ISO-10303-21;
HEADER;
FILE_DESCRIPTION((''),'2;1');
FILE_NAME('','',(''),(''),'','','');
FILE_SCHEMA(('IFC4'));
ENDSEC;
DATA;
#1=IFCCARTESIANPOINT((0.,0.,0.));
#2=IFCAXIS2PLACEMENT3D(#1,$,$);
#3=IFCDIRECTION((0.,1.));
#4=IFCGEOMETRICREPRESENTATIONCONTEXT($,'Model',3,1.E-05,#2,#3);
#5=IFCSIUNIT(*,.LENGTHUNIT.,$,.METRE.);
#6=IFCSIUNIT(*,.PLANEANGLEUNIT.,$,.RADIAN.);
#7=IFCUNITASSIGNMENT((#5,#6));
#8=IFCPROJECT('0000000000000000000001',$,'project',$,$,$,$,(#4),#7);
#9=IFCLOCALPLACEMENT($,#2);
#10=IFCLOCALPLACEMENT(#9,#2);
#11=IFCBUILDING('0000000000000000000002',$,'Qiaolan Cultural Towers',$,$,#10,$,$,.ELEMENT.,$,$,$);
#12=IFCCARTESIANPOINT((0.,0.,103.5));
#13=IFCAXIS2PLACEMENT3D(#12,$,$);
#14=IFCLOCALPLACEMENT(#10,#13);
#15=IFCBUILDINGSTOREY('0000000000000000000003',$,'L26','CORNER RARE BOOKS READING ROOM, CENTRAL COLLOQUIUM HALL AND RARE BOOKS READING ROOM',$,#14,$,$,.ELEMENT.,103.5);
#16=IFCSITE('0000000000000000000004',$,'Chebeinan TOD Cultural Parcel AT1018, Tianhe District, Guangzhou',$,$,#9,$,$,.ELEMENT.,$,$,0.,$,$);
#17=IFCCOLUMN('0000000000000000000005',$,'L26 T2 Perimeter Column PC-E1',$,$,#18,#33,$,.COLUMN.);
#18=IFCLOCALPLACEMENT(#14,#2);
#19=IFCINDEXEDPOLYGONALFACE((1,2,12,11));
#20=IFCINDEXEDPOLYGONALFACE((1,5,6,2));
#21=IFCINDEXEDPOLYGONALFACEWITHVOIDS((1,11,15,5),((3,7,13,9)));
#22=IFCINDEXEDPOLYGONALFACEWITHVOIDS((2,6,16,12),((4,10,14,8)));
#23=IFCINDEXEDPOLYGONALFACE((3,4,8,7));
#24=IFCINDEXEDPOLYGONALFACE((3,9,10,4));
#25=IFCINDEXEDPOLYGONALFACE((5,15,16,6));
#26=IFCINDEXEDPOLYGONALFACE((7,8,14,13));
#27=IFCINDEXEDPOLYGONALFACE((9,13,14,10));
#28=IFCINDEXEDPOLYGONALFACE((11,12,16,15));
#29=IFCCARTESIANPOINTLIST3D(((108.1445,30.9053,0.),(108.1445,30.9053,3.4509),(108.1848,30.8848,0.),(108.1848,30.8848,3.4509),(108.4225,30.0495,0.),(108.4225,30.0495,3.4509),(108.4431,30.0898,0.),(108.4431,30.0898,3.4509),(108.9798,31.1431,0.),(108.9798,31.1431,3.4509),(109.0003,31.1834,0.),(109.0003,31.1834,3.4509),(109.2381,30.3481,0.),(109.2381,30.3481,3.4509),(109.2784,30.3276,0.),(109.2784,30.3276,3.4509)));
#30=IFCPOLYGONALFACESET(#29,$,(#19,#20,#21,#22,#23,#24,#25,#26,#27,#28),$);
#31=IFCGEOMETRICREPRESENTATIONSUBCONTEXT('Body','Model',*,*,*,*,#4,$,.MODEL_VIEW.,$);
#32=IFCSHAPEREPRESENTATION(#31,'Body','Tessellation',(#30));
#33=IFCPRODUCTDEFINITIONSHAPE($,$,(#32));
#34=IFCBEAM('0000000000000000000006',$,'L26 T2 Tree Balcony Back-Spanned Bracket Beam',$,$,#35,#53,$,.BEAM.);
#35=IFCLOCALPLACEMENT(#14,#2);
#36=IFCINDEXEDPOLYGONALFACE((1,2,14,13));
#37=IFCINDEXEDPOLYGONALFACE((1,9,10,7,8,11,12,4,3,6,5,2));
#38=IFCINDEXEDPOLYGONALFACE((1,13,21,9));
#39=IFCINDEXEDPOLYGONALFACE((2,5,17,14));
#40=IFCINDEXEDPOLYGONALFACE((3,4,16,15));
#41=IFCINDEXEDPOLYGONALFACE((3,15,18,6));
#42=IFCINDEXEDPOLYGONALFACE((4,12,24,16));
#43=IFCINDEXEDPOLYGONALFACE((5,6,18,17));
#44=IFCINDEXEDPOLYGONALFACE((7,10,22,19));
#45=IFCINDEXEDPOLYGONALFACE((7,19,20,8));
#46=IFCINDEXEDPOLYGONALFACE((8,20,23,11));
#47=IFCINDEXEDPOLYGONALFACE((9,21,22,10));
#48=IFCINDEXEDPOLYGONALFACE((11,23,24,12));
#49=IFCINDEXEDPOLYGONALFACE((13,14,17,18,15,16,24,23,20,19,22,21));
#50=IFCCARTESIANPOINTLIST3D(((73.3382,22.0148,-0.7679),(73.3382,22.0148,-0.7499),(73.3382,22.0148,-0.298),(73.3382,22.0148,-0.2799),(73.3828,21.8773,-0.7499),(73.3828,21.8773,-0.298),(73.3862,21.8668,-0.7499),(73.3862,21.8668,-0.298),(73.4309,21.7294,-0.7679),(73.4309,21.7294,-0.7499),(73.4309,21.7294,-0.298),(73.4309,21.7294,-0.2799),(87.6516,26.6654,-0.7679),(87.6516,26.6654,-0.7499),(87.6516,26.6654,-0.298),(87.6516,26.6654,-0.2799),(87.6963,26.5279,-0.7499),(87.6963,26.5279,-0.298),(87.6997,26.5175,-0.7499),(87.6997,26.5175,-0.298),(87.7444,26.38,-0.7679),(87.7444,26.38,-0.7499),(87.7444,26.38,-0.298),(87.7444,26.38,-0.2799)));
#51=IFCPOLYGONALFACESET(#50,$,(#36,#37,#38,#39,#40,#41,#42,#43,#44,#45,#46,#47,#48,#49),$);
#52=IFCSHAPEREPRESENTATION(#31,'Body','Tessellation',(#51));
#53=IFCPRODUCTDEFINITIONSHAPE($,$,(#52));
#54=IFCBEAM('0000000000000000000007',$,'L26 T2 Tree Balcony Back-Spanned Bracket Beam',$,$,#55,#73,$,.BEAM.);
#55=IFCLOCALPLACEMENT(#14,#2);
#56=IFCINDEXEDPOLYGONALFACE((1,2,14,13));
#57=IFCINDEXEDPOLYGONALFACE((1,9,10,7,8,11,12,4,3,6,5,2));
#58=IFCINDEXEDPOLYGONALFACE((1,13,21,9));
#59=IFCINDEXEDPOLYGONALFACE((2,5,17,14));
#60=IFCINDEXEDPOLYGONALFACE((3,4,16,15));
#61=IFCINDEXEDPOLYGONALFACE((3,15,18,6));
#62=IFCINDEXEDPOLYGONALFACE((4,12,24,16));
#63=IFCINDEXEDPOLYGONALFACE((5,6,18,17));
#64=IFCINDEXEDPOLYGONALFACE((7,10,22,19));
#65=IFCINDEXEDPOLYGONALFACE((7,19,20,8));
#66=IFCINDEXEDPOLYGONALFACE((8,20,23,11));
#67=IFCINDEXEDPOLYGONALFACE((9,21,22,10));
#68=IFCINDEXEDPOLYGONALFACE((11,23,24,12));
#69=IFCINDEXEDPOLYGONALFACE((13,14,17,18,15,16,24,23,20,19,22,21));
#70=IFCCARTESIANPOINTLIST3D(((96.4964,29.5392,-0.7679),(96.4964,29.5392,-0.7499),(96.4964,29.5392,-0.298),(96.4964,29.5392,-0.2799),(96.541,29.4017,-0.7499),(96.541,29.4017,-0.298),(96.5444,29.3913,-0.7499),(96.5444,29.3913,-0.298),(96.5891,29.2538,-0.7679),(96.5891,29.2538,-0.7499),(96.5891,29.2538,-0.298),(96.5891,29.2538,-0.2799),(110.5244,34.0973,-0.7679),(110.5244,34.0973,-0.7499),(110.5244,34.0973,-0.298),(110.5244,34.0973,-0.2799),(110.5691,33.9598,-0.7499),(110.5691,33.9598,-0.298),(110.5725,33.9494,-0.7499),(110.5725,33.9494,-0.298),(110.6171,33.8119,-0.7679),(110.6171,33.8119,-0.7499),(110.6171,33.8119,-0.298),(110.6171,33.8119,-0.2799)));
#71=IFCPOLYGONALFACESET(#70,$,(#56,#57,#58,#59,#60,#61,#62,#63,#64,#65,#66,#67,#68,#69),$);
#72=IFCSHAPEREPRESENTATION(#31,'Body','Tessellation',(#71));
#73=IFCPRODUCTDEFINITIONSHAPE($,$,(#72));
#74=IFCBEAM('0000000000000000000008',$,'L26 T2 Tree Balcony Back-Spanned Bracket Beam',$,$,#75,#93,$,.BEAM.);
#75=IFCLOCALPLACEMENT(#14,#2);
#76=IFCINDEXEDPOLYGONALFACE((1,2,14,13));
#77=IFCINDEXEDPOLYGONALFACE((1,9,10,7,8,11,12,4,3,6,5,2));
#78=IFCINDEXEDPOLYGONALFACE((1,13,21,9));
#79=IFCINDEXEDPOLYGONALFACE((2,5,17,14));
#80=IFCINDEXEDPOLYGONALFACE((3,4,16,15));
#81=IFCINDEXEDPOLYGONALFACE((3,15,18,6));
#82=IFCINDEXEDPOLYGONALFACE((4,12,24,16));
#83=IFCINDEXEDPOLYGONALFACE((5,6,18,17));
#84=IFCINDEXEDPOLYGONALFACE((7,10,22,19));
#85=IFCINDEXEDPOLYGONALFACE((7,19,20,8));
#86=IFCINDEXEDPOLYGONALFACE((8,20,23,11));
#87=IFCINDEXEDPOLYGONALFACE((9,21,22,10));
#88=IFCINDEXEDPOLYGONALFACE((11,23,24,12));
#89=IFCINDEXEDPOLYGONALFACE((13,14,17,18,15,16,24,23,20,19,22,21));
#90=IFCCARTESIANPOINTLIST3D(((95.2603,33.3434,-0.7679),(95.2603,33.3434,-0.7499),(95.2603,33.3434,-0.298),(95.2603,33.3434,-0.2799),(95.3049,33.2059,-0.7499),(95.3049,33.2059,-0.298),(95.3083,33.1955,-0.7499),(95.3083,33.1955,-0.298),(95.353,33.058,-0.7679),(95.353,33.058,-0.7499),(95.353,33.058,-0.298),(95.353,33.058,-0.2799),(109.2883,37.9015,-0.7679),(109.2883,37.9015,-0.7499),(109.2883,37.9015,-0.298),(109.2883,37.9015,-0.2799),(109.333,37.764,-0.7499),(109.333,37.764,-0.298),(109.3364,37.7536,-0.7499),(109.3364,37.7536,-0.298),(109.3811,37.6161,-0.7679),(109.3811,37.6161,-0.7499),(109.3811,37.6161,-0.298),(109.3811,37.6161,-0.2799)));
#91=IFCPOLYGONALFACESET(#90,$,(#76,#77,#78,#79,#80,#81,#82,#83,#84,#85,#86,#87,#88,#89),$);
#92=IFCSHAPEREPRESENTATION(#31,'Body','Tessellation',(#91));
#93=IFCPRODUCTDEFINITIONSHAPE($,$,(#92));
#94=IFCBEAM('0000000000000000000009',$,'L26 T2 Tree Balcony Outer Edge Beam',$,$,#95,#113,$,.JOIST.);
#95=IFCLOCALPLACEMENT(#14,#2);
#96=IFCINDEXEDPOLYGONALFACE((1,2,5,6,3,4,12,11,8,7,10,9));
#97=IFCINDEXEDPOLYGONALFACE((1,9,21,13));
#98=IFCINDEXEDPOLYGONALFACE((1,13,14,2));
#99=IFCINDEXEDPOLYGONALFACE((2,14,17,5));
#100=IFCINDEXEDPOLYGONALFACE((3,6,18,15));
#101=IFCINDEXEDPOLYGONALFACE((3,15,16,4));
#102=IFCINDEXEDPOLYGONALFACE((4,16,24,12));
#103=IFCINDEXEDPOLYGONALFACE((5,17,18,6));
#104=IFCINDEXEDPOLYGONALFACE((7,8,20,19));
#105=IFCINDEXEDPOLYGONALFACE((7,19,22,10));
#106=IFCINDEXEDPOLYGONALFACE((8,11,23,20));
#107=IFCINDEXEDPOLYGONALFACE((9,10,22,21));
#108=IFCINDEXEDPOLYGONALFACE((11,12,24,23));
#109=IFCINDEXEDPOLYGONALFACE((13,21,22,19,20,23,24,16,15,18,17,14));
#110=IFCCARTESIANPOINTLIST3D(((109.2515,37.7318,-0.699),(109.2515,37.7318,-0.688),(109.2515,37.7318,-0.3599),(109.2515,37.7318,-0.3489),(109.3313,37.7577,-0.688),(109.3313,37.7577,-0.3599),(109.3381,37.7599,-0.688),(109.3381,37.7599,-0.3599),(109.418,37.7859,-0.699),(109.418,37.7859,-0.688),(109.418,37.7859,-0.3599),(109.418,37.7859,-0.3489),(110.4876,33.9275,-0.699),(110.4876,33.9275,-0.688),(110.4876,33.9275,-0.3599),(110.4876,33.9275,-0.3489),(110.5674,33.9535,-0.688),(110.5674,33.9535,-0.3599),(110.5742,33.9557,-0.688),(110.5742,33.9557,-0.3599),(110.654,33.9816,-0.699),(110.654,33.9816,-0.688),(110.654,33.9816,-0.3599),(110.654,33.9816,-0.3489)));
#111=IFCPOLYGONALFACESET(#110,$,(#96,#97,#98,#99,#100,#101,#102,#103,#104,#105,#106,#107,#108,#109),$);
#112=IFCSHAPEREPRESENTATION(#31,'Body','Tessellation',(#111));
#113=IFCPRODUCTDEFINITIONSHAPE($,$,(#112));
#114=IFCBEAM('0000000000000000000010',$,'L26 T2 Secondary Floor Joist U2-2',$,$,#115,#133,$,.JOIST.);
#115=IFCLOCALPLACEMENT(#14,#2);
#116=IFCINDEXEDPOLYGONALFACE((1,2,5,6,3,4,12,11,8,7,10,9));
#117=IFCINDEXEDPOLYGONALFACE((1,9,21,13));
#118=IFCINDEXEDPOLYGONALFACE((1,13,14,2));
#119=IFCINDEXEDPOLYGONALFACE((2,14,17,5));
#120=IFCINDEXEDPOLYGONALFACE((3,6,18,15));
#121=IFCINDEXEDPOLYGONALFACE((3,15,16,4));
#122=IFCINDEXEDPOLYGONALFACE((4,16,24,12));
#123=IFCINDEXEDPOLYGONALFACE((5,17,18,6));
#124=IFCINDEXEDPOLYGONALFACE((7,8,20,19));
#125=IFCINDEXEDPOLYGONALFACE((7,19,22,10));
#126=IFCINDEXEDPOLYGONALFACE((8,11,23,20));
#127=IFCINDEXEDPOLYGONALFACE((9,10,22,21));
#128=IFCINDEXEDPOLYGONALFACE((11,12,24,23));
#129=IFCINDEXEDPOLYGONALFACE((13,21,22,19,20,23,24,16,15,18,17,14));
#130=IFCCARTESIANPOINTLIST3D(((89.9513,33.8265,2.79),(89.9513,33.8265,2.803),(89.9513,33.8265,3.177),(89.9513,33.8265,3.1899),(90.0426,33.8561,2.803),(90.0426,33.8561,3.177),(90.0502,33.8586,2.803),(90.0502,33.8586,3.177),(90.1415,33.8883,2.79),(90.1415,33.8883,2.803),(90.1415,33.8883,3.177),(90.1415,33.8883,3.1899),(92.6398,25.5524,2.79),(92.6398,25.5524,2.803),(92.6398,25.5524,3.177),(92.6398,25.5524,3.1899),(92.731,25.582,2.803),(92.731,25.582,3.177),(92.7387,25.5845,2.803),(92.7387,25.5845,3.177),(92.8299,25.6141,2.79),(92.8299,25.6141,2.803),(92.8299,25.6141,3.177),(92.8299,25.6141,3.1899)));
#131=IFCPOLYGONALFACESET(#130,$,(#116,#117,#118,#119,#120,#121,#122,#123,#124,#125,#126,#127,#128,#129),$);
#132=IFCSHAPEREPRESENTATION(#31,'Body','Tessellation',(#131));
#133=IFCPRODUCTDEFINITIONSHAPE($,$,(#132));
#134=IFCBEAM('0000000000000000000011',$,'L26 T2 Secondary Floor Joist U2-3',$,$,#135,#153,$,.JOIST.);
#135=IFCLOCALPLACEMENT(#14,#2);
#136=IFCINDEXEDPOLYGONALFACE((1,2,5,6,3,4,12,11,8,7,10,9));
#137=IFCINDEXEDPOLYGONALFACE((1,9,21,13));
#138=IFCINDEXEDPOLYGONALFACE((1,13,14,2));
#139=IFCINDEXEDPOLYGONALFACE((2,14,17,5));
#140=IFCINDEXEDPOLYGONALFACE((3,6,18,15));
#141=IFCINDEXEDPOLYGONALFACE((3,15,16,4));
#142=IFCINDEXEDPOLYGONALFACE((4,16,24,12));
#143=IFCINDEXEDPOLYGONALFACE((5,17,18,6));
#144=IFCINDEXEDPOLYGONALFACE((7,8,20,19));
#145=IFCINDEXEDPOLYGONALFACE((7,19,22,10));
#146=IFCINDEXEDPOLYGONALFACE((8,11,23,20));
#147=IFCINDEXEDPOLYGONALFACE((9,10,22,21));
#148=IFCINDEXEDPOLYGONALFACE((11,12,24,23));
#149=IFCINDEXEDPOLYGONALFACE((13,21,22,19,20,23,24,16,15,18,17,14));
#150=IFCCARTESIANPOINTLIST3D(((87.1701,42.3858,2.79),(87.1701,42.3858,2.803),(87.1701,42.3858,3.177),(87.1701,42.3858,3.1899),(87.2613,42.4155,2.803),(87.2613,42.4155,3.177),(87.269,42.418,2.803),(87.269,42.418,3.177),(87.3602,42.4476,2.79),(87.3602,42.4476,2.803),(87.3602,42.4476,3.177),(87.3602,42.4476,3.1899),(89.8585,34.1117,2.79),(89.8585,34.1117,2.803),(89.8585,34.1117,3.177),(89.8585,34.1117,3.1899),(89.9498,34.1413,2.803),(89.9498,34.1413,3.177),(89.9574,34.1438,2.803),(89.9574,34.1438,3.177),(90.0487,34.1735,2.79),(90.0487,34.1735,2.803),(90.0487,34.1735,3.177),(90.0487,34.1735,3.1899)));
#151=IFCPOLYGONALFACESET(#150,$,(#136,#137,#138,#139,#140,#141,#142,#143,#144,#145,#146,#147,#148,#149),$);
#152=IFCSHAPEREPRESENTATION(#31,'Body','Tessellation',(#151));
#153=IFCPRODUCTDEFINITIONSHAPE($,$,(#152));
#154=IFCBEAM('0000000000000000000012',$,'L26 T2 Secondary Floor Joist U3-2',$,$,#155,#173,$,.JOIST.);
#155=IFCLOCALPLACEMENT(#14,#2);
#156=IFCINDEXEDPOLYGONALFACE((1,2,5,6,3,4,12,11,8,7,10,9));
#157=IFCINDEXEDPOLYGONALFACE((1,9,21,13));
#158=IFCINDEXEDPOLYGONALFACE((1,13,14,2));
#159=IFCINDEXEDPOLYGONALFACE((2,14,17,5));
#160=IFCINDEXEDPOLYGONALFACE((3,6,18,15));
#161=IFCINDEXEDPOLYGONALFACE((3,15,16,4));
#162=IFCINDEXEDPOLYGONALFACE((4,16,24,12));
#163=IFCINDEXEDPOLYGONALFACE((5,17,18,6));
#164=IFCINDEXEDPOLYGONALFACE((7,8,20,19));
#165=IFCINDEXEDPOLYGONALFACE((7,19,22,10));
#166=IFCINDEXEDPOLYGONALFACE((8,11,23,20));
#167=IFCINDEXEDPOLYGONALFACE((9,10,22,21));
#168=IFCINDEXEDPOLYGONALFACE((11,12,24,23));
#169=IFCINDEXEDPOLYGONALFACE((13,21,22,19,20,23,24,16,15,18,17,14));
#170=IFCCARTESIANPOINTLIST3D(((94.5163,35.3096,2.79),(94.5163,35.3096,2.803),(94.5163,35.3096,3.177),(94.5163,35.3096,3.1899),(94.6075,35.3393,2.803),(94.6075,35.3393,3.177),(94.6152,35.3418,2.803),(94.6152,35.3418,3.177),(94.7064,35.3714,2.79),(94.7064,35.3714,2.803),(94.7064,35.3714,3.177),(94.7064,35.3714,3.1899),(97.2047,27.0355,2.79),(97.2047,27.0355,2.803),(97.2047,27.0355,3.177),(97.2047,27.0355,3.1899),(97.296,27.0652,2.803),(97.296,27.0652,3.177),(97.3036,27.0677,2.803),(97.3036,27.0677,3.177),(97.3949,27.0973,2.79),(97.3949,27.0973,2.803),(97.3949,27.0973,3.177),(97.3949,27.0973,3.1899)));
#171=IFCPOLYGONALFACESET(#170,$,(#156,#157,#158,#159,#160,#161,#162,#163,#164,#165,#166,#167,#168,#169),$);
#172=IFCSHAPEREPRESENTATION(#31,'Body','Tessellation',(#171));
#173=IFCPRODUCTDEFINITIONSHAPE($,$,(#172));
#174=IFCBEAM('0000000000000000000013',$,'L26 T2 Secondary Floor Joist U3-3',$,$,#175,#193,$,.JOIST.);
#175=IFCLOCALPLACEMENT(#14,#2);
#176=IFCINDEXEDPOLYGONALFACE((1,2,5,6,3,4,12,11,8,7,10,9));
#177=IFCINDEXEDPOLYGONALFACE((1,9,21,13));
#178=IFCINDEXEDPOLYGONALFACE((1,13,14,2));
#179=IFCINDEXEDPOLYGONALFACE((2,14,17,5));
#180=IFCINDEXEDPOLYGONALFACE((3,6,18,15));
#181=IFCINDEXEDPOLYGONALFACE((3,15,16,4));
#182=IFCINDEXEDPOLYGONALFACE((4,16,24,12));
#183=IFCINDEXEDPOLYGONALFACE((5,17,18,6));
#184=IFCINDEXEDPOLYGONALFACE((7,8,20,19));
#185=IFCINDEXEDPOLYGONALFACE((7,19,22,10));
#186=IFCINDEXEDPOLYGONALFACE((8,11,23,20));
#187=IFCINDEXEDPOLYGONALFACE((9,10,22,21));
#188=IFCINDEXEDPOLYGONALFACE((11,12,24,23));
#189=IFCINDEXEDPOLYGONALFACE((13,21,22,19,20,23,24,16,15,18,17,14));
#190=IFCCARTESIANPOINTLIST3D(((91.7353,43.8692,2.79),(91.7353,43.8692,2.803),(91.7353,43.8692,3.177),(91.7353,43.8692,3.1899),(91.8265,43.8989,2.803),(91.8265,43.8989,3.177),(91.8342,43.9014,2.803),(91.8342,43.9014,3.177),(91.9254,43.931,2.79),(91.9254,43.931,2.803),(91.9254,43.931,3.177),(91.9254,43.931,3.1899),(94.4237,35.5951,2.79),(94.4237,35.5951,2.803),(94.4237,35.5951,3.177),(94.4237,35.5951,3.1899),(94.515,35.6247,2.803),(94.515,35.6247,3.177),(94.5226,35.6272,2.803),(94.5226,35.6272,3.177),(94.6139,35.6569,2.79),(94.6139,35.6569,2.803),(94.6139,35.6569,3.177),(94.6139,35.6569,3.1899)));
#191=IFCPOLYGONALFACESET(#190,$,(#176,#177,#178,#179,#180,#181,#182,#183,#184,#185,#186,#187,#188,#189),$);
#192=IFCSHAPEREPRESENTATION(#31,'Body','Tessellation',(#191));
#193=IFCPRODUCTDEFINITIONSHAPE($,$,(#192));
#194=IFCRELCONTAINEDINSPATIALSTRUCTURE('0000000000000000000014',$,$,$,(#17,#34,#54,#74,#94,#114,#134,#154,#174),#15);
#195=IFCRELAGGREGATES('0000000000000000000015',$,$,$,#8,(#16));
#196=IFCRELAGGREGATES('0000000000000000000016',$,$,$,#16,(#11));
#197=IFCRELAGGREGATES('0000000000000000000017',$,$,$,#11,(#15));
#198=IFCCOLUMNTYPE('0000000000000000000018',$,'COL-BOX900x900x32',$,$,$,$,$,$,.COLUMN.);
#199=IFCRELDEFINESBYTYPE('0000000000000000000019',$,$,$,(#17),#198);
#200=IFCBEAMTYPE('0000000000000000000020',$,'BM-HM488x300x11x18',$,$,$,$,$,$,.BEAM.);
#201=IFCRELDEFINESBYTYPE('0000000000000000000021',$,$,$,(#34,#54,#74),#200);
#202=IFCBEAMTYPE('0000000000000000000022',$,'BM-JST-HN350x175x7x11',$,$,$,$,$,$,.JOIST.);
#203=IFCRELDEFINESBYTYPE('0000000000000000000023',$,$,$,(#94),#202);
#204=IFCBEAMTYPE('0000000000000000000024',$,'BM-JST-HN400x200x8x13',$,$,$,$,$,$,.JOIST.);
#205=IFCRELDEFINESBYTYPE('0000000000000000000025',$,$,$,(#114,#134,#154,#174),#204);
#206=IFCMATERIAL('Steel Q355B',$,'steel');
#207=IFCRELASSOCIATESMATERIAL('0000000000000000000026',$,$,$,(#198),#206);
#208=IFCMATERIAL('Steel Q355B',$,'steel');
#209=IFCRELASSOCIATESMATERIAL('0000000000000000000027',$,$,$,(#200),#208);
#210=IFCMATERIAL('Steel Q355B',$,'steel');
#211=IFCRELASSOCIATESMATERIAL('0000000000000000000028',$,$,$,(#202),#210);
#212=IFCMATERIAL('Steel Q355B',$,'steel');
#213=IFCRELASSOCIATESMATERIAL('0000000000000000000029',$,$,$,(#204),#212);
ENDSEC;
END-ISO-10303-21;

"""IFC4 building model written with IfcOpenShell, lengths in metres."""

from ifc_helpers import new_model, si_unit, direction, frame, origin, origin_2d, place, context, subcontext, project, spatial, hollow_rectangle, i_section, extrude, material, material_profile, profile_set, type_object, element, save


model = new_model("IFC4")

# Units and contexts
model_context = context("Model", 3, precision=1e-05, world=origin(), true_north=direction((0.0, 1.0)))
body_context = subcontext(model_context, "Body", "Model", "MODEL_VIEW")
ifc_project = project(units=[si_unit("LENGTHUNIT", "METRE"), si_unit("PLANEANGLEUNIT", "RADIAN")], contexts=[model_context])

# Site, building, storey
site_placement = place(None, origin())
site = spatial("IfcSite", under=ifc_project, at=site_placement, Name="Chebeinan TOD Cultural Parcel AT1018, Tianhe District, Guangzhou", CompositionType="ELEMENT", RefElevation=0.0)
building_placement = place(site_placement, origin())
building = spatial("IfcBuilding", under=site, at=building_placement, Name="Qiaolan Cultural Towers", CompositionType="ELEMENT")
storey_placement = place(building_placement, frame((0.0, 0.0, 103.5)))
storey = spatial("IfcBuildingStorey", under=building, at=storey_placement, Name="L26", Description="CORNER RARE BOOKS READING ROOM, CENTRAL COLLOQUIUM HALL AND RARE BOOKS READING ROOM", CompositionType="ELEMENT", Elevation=103.5)

# Column
ifc_material_1 = material(Name="Steel Q355B", Category="steel")
ifc_material_profile_1 = material_profile(ifc_material_1, hollow_rectangle(XDim=0.8999, YDim=0.8999, WallThickness=0.032, at=origin_2d()), Name="BOX900x900x32")
ifc_profile_set_1 = profile_set([ifc_material_profile_1], Name="Steel Q355B")
column_type = type_object("IfcColumnType", Name="COL-BOX900x900x32", PredefinedType="COLUMN", material=ifc_profile_set_1)
column_placement = place(storey_placement, frame((108.7114, 30.6165, 0.0), z_axis=(0.0, 0.0, 1.0), x_axis=(0.951057, 0.309017, 0.0)))
element("IfcColumn", 1, at=column_placement, inside=storey, type_object=column_type, Name="L26 T2 Perimeter Column PC-E1", PredefinedType="COLUMN", context=body_context, shape_type="SweptSolid", body=[
    extrude(hollow_rectangle(XDim=0.8999, YDim=0.8999, WallThickness=0.032, at=origin_2d()), origin(), (0.0, 0.0, 1.0), 3.4509),
])

# Beams
ifc_material_2 = material(Name="Steel Q355B", Category="steel")
ifc_material_profile_2 = material_profile(ifc_material_2, i_section(OverallWidth=0.3, OverallDepth=0.488, WebThickness=0.011, FlangeThickness=0.0181, at=origin_2d()), Name="HM488x300x11x18")
ifc_profile_set_2 = profile_set([ifc_material_profile_2], Name="Steel Q355B")
beam_type_1 = type_object("IfcBeamType", Name="BM-HM488x300x11x18", PredefinedType="BEAM", material=ifc_profile_set_2)
beam_1_placement = place(storey_placement, frame((87.698, 26.5227, -0.5239), z_axis=(-0.951058, -0.309011, 0.0), x_axis=(0.309011, -0.951058, 0.0)))
element("IfcBeam", 2, at=beam_1_placement, inside=storey, type_object=beam_type_1, Name="L26 T2 Tree Balcony Back-Spanned Bracket Beam", PredefinedType="BEAM", context=body_context, shape_type="SweptSolid", body=[
    extrude(i_section(OverallWidth=0.3, OverallDepth=0.488, WebThickness=0.011, FlangeThickness=0.0181, at=origin_2d()), origin(), (0.0, 0.0, 1.0), 15.05),
])
for number, where, z_axis, x_axis, name in (
    (3, (96.5427, 29.3965, -0.5239), (0.951054, 0.309024, 0.0), (-0.309024, 0.951054, 0.0), "L26 T2 Tree Balcony Back-Spanned Bracket Beam"),
    (4, (95.3066, 33.2007, -0.5239), (0.951054, 0.309024, 0.0), (-0.309024, 0.951054, 0.0), "L26 T2 Tree Balcony Back-Spanned Bracket Beam"),
):
    element("IfcBeam", number, at=place(storey_placement, frame(where, z_axis=z_axis, x_axis=x_axis)), inside=storey, type_object=beam_type_1, Name=name, PredefinedType="BEAM", context=body_context, shape_type="SweptSolid", body=[
        extrude(i_section(OverallWidth=0.3, OverallDepth=0.488, WebThickness=0.011, FlangeThickness=0.0181, at=origin_2d()), origin(), (0.0, 0.0, 1.0), 14.75),
    ])
ifc_material_3 = material(Name="Steel Q355B", Category="steel")
ifc_material_profile_3 = material_profile(ifc_material_3, i_section(OverallWidth=0.175, OverallDepth=0.3501, WebThickness=0.0071, FlangeThickness=0.011, at=origin_2d()), Name="HN350x175x7x11")
ifc_profile_set_3 = profile_set([ifc_material_profile_3], Name="Steel Q355B")
beam_type_2 = type_object("IfcBeamType", Name="BM-JST-HN350x175x7x11", PredefinedType="JOIST", material=ifc_profile_set_3)
beam_2_placement = place(storey_placement, frame((110.5708, 33.9546, -0.5239), z_axis=(-0.309023, 0.951055, 0.0), x_axis=(-0.951055, -0.309023, 0.0)))
element("IfcBeam", 5, at=beam_2_placement, inside=storey, type_object=beam_type_2, Name="L26 T2 Tree Balcony Outer Edge Beam", PredefinedType="JOIST", context=body_context, shape_type="SweptSolid", body=[
    extrude(i_section(OverallWidth=0.175, OverallDepth=0.3501, WebThickness=0.0071, FlangeThickness=0.011, at=origin_2d()), origin(), (0.0, 0.0, 1.0), 4.0),
])
ifc_material_4 = material(Name="Steel Q355B", Category="steel")
ifc_material_profile_4 = material_profile(ifc_material_4, i_section(OverallWidth=0.2, OverallDepth=0.3999, WebThickness=0.0081, FlangeThickness=0.0129, at=origin_2d()), Name="HN400x200x8x13")
ifc_profile_set_4 = profile_set([ifc_material_profile_4], Name="Steel Q355B")
beam_type_3 = type_object("IfcBeamType", Name="BM-JST-HN400x200x8x13", PredefinedType="JOIST", material=ifc_profile_set_4)
for number, where, z_axis, x_axis, name in (
    (6, (92.7349, 25.5833, 2.99), (-0.309021, 0.951055, 0.0), (-0.951055, -0.309021, 0.0), "L26 T2 Secondary Floor Joist U2-2"),
    (7, (89.9536, 34.1426, 2.99), (-0.309021, 0.951055, 0.0), (-0.951055, -0.309021, 0.0), "L26 T2 Secondary Floor Joist U2-3"),
    (8, (97.2998, 27.0664, 2.99), (-0.309021, 0.951055, 0.0), (-0.951055, -0.309021, 0.0), "L26 T2 Secondary Floor Joist U3-2"),
    (9, (94.5188, 35.626, 2.99), (-0.309021, 0.951055, 0.0), (-0.951055, -0.309021, 0.0), "L26 T2 Secondary Floor Joist U3-3"),
):
    element("IfcBeam", number, at=place(storey_placement, frame(where, z_axis=z_axis, x_axis=x_axis)), inside=storey, type_object=beam_type_3, Name=name, PredefinedType="JOIST", context=body_context, shape_type="SweptSolid", body=[
        extrude(i_section(OverallWidth=0.2, OverallDepth=0.3999, WebThickness=0.0081, FlangeThickness=0.0129, at=origin_2d()), origin(), (0.0, 0.0, 1.0), 8.7),
    ])

save(model, "model.ifc")
